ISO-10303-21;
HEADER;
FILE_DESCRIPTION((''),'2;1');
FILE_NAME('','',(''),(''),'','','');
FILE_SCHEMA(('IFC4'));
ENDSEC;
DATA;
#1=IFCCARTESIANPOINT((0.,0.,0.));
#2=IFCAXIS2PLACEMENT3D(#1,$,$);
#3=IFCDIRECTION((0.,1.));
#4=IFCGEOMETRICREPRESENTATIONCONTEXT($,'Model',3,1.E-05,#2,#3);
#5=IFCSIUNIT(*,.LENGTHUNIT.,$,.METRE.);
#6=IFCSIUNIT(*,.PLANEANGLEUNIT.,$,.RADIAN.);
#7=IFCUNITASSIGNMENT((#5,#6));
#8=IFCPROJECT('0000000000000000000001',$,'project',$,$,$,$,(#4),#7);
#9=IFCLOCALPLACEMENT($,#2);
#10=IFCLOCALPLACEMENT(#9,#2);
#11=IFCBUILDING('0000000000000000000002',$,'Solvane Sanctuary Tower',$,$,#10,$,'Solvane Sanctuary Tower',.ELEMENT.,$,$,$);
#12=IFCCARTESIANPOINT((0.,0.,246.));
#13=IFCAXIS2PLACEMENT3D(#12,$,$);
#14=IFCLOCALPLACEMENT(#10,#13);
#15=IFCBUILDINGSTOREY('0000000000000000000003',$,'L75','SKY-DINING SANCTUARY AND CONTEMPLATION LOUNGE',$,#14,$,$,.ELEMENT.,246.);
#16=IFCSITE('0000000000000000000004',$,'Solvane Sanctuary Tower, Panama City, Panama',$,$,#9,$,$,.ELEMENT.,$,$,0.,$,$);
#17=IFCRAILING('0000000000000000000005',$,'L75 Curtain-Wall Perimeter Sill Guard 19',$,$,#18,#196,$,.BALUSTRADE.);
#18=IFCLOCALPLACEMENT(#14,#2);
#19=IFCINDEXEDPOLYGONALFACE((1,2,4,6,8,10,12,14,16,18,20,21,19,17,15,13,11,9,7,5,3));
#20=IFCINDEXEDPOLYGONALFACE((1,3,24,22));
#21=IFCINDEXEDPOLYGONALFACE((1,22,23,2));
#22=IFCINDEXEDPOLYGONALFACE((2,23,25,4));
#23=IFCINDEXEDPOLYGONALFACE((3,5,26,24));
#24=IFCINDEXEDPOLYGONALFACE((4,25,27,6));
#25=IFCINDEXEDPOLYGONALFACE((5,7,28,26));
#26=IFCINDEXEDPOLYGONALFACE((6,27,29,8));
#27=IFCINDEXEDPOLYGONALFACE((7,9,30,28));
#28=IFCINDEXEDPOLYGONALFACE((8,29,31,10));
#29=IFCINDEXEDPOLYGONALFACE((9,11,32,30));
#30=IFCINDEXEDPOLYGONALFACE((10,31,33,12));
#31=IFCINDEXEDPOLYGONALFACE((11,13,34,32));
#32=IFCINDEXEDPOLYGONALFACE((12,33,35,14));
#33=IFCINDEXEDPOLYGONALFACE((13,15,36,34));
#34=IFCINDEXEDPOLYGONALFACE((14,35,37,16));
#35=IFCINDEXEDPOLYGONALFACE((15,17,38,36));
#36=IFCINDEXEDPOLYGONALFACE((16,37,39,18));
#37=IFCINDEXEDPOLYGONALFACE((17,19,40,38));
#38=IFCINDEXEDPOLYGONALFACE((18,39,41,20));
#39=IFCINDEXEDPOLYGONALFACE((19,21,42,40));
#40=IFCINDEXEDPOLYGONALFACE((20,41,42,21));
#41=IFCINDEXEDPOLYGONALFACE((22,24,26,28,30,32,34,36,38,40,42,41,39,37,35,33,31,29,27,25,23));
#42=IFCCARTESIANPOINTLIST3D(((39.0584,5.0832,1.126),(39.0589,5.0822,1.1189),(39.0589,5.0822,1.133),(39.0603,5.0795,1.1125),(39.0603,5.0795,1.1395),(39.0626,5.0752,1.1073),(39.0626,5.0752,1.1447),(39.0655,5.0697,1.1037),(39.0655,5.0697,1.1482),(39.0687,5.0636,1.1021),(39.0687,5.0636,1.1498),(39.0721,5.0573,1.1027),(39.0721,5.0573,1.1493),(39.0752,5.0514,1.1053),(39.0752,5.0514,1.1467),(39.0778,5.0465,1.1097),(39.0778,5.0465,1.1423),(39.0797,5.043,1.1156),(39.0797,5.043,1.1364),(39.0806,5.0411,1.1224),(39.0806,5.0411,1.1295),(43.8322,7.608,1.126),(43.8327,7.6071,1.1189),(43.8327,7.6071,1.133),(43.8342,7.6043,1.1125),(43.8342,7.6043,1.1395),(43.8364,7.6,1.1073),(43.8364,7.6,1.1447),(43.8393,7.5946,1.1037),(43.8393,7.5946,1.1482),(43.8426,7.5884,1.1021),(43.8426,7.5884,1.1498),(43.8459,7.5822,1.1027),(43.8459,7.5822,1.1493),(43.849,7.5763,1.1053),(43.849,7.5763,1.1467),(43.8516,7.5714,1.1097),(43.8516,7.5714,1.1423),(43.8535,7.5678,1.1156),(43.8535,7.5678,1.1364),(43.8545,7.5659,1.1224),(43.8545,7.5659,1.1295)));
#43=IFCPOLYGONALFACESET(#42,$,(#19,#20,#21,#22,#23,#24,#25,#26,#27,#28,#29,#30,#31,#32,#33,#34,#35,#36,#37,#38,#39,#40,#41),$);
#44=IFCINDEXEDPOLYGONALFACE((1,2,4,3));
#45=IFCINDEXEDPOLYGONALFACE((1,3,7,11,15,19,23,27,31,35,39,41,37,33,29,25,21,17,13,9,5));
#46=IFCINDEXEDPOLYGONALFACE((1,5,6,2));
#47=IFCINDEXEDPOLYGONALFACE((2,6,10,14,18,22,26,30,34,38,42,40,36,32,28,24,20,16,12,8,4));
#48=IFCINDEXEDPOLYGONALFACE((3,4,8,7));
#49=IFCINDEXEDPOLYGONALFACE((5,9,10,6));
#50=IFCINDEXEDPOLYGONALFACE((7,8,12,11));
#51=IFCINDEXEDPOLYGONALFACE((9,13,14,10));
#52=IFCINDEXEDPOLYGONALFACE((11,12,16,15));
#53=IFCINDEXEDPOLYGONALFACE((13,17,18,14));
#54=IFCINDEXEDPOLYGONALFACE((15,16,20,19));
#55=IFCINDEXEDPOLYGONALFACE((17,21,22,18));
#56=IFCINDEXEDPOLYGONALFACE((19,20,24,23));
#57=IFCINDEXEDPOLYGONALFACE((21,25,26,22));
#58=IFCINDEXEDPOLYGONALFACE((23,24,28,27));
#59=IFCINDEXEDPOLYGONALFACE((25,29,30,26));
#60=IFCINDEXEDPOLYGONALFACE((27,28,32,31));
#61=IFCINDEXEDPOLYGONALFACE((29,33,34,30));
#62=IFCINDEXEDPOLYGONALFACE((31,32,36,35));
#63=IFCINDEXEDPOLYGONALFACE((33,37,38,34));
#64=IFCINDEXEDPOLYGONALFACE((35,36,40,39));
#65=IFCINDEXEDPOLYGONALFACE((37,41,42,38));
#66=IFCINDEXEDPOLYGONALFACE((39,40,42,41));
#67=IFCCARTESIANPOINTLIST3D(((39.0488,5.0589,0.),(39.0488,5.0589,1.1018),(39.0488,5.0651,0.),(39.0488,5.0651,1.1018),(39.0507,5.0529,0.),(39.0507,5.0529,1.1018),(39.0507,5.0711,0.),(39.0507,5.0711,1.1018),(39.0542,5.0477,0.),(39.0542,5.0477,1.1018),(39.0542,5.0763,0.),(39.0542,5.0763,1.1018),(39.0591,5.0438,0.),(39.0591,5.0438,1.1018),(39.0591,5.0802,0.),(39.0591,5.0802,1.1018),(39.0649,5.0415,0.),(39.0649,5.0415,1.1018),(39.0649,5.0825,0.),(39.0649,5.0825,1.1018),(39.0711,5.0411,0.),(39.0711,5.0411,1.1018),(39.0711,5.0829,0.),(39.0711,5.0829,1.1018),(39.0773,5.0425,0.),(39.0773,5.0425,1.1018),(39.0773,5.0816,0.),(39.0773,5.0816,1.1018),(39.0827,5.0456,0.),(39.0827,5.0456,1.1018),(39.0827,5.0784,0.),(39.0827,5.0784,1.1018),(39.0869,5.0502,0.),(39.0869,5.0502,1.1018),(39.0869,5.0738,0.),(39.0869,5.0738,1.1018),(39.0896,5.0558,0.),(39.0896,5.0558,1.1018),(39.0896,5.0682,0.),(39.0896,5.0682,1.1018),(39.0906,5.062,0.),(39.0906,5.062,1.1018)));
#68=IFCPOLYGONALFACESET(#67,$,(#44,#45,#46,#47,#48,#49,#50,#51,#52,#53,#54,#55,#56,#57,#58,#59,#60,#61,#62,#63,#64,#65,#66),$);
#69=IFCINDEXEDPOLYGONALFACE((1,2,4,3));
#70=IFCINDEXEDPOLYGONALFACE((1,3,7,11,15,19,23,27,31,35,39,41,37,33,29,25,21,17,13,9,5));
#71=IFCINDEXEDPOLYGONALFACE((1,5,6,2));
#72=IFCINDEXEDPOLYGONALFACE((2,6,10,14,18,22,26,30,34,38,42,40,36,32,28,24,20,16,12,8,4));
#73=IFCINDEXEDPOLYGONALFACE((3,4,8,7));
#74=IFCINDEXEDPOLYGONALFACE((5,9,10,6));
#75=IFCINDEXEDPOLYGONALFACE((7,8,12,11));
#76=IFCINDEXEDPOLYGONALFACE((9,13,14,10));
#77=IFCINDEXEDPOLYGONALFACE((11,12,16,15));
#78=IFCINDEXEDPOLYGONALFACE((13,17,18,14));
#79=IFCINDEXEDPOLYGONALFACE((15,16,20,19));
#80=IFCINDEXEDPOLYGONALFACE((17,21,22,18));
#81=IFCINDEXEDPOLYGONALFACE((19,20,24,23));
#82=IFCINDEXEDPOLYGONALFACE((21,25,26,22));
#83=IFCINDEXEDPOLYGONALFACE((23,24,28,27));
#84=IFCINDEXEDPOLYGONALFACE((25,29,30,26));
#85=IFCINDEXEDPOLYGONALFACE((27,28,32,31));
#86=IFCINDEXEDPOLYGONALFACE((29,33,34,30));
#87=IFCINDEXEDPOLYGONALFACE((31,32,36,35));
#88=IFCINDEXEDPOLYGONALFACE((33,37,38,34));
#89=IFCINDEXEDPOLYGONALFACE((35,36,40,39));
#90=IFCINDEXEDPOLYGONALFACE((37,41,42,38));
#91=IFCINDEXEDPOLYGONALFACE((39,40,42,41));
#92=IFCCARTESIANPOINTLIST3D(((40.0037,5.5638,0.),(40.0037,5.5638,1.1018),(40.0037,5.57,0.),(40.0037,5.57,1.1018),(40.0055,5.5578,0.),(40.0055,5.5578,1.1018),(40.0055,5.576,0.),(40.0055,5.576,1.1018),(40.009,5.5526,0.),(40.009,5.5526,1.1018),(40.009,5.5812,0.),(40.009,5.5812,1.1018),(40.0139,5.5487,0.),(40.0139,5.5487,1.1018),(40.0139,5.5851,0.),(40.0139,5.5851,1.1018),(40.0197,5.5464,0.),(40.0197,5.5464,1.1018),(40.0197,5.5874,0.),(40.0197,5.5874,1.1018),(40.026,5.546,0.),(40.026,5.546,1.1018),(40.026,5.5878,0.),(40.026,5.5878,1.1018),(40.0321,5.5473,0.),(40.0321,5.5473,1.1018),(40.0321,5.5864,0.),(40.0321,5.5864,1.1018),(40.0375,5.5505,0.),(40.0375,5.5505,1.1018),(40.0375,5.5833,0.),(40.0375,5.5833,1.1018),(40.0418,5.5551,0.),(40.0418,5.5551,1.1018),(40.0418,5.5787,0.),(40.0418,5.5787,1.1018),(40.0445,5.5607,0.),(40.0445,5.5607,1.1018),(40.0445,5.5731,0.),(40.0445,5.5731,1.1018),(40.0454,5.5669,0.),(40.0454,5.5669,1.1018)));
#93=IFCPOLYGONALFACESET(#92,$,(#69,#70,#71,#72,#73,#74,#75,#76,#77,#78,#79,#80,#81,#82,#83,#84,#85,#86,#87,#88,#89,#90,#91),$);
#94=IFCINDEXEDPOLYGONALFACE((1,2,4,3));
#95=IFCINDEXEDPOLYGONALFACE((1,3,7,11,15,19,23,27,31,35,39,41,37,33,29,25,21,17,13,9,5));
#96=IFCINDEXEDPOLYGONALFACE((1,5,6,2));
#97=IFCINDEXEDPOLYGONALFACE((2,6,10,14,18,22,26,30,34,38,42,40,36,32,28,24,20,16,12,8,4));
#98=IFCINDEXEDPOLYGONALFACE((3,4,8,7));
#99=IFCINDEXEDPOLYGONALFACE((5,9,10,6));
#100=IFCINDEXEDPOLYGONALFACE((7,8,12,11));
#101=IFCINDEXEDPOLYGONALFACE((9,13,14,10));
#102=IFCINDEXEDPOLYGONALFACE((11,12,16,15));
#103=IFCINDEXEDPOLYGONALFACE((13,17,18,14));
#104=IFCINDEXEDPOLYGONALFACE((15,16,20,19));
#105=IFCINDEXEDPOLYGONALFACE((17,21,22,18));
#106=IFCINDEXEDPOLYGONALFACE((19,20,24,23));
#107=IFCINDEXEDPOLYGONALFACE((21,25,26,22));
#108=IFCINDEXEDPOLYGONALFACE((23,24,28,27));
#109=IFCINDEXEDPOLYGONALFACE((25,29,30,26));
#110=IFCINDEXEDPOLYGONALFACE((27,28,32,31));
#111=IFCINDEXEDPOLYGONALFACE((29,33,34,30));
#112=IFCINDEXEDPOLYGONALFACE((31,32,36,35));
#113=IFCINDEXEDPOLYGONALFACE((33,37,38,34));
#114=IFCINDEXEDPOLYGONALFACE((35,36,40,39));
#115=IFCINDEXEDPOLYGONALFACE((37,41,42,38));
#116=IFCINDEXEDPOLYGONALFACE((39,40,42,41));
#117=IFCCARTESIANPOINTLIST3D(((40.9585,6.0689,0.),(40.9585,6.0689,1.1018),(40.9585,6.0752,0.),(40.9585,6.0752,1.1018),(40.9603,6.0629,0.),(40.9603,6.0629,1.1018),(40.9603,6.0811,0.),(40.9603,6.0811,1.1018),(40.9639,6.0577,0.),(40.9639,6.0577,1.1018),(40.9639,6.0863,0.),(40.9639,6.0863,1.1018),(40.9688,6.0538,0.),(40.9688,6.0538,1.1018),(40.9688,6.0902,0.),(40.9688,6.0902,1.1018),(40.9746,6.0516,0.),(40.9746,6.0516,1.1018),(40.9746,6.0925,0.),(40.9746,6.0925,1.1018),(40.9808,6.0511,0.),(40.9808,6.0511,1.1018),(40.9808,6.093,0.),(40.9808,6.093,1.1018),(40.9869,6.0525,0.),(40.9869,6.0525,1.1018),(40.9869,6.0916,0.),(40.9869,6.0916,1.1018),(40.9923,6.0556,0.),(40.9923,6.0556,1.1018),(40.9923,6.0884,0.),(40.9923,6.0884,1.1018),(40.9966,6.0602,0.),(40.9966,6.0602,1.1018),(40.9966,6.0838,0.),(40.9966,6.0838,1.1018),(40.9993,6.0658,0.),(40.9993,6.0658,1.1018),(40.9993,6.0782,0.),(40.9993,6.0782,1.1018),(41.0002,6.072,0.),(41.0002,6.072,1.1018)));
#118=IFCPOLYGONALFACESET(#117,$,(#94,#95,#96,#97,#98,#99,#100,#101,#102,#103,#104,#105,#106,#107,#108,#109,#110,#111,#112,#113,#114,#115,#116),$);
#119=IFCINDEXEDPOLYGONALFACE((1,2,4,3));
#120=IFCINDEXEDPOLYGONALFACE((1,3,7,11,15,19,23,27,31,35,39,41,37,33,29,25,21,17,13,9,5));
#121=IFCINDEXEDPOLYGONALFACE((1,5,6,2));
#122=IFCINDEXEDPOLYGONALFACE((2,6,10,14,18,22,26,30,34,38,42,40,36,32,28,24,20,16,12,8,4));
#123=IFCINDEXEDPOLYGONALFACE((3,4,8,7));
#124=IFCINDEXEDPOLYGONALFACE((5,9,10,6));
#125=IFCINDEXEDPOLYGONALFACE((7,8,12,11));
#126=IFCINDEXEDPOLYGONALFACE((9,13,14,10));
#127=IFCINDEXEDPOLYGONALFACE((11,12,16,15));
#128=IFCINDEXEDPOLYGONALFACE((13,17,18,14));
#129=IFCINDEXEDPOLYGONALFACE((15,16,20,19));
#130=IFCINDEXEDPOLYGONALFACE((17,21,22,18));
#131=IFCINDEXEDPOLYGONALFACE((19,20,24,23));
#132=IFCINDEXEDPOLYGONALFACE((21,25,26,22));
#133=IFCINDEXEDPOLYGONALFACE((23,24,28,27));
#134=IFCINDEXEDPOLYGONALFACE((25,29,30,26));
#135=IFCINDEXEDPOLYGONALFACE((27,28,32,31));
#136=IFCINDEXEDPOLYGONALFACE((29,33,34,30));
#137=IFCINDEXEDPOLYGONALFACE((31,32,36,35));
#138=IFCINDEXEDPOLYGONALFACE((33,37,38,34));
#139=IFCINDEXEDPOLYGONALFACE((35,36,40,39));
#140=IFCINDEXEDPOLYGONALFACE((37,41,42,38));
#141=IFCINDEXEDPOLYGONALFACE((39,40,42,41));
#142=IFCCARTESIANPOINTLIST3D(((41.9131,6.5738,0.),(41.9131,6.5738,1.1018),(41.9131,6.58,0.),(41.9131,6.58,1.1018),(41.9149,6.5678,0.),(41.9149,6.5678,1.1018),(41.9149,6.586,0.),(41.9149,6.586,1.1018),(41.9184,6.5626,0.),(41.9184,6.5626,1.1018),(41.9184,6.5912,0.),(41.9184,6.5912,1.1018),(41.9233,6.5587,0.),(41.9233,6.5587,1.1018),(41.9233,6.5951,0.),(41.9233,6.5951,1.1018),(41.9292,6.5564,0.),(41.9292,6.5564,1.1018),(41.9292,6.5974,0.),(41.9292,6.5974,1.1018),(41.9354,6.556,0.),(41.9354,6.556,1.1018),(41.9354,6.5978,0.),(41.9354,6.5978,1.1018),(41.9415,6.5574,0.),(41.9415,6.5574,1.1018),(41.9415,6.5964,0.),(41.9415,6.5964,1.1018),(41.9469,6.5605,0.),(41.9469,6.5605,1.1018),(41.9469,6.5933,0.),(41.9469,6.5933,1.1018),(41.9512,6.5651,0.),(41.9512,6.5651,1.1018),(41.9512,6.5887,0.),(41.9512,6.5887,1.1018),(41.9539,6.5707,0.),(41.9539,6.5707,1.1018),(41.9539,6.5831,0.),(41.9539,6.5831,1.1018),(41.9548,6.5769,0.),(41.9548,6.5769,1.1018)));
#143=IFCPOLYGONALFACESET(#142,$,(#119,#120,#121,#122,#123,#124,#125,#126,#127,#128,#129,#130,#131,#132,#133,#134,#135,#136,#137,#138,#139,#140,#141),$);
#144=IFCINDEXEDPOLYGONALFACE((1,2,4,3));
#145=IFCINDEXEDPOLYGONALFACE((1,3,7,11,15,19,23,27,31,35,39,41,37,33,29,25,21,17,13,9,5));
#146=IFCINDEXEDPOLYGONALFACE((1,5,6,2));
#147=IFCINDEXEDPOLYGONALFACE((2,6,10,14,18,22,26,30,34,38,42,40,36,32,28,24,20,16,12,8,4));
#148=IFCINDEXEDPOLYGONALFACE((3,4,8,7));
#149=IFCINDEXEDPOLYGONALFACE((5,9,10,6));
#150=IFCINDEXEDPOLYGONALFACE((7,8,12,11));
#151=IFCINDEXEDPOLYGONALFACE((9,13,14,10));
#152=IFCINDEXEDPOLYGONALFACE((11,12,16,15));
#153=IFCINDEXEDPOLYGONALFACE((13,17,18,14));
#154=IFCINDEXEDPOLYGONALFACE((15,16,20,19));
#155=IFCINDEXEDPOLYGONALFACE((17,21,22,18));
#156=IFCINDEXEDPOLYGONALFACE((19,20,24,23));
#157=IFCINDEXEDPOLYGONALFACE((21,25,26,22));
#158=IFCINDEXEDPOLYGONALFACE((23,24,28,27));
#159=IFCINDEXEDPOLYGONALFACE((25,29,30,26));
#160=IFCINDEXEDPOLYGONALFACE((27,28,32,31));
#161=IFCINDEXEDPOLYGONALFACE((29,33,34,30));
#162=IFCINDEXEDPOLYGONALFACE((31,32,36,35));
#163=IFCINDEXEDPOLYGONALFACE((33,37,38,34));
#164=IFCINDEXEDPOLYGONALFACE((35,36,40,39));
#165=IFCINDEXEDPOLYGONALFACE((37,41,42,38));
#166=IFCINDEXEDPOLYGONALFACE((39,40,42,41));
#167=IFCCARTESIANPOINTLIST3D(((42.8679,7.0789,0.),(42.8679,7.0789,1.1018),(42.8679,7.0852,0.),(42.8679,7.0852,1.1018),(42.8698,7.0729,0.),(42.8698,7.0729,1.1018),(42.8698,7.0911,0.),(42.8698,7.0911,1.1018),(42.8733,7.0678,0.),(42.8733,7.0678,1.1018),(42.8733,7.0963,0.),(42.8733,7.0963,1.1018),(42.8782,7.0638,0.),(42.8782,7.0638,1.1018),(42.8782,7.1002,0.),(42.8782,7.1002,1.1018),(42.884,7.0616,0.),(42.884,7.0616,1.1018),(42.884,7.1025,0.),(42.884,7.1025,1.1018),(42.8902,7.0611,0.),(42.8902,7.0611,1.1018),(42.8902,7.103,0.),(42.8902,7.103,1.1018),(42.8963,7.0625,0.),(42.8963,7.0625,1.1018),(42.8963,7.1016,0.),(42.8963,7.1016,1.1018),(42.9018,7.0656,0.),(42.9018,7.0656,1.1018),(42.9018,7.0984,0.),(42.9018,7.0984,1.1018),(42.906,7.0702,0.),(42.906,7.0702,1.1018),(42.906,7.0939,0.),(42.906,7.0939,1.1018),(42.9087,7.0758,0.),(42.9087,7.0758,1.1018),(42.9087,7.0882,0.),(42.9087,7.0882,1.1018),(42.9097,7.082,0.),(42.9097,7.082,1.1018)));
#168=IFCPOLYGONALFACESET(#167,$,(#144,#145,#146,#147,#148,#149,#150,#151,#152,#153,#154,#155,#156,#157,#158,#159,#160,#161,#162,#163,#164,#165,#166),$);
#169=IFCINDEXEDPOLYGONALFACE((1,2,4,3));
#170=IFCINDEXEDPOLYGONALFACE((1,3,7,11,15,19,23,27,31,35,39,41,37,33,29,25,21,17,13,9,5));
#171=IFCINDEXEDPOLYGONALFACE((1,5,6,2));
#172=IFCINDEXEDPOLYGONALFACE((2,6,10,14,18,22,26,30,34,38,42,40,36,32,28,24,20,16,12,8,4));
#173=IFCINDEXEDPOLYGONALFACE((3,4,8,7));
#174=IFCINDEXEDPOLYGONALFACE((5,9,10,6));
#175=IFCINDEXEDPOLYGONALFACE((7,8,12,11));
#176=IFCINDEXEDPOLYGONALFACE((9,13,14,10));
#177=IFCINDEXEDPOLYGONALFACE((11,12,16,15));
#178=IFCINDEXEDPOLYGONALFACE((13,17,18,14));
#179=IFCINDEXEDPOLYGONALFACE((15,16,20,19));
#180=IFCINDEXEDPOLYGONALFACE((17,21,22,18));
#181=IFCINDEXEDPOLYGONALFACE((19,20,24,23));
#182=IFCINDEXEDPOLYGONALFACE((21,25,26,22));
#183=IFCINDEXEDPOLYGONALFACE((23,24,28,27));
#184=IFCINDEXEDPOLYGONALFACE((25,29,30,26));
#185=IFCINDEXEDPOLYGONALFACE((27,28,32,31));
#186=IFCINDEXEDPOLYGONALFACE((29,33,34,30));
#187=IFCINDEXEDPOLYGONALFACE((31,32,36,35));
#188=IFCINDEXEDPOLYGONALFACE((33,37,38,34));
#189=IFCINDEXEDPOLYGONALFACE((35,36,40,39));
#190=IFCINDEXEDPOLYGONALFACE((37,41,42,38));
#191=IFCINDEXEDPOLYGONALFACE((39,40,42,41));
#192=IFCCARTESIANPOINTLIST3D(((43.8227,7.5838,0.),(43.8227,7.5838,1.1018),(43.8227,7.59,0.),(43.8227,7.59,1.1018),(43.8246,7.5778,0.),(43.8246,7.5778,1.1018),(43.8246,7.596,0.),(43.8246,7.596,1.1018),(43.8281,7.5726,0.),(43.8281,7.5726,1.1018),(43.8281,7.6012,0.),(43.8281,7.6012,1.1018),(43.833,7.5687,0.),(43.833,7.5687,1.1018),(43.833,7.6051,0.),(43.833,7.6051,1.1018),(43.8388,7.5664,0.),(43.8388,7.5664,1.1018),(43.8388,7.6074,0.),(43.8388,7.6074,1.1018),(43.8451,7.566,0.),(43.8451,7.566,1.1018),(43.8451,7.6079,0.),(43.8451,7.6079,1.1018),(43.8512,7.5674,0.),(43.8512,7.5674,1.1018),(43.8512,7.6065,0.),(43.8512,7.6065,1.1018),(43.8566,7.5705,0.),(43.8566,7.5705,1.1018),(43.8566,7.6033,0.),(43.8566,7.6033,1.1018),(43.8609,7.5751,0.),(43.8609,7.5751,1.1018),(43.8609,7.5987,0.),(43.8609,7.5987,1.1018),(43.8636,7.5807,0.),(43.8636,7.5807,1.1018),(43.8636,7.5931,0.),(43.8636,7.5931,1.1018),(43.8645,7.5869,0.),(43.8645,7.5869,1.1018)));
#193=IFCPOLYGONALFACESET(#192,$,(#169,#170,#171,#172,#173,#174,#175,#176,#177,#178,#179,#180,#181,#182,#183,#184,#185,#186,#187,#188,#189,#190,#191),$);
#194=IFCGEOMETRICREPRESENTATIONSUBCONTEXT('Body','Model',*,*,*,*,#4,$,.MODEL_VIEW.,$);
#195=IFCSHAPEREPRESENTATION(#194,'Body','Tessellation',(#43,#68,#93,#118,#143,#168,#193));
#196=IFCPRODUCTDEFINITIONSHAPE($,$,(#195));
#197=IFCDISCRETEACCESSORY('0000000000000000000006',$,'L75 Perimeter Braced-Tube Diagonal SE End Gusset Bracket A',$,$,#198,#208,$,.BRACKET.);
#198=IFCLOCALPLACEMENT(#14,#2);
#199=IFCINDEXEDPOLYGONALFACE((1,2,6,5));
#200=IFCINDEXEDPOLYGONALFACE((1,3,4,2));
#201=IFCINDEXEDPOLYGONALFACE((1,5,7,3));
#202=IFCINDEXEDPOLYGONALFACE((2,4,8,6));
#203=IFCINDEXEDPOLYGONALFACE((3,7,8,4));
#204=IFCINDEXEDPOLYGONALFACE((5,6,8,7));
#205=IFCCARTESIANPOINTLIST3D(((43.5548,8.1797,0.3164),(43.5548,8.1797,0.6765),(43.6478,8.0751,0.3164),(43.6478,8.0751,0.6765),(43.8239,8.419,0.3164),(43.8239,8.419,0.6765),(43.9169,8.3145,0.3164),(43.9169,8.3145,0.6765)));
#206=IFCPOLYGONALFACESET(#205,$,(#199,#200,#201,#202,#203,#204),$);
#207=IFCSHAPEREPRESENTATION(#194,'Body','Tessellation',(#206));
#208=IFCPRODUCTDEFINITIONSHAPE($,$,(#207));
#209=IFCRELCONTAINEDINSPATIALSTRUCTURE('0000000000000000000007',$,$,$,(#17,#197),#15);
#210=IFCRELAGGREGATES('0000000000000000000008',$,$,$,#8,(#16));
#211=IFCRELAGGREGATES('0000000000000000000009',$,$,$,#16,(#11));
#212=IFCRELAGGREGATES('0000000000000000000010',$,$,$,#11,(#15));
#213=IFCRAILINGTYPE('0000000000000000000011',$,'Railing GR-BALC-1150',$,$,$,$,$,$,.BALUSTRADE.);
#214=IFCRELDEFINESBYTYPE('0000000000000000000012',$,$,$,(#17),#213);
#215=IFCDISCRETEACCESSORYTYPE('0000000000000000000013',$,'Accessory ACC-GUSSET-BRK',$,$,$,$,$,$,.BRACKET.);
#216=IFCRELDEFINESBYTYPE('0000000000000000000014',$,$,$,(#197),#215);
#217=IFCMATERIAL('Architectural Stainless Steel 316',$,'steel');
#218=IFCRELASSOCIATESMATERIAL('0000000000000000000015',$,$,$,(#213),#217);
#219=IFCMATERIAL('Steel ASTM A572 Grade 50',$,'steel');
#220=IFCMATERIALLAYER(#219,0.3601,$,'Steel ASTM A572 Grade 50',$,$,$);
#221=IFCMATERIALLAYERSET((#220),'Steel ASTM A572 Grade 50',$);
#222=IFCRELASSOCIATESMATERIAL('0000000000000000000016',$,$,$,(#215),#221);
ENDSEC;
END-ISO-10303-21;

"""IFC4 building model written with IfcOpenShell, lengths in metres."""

from ifc_helpers import new_model, si_unit, direction, frame, origin, origin_2d, place, context, subcontext, project, spatial, rectangle, circle, extrude, material, layer, layer_set, type_object, element, save


model = new_model("IFC4")

# Units and contexts
model_context = context("Model", 3, precision=1e-05, world=origin(), true_north=direction((0.0, 1.0)))
body_context = subcontext(model_context, "Body", "Model", "MODEL_VIEW")
ifc_project = project(units=[si_unit("LENGTHUNIT", "METRE"), si_unit("PLANEANGLEUNIT", "RADIAN")], contexts=[model_context])

# Site, building, storey
site_placement = place(None, origin())
site = spatial("IfcSite", under=ifc_project, at=site_placement, Name="Solvane Sanctuary Tower, Panama City, Panama", CompositionType="ELEMENT", RefElevation=0.0)
building_placement = place(site_placement, origin())
building = spatial("IfcBuilding", under=site, at=building_placement, Name="Solvane Sanctuary Tower", LongName="Solvane Sanctuary Tower", CompositionType="ELEMENT")
storey_placement = place(building_placement, frame((0.0, 0.0, 246.0)))
storey = spatial("IfcBuildingStorey", under=building, at=storey_placement, Name="L75", Description="SKY-DINING SANCTUARY AND CONTEMPLATION LOUNGE", CompositionType="ELEMENT", Elevation=246.0)

# Railing
ifc_material_1 = material(Name="Architectural Stainless Steel 316", Category="steel")
railing_type = type_object("IfcRailingType", Name="Railing GR-BALC-1150", PredefinedType="BALUSTRADE", material=ifc_material_1)
railing_placement = place(storey_placement, frame((39.0696, 5.062, 0.0)))
element("IfcRailing", 1, at=railing_placement, inside=storey, type_object=railing_type, Name="L75 Curtain-Wall Perimeter Sill Guard 19", PredefinedType="BALUSTRADE", context=body_context, shape_type="SweptSolid", body=[
    extrude(circle(Radius=0.0239, at=origin_2d()), frame((0.0, 0.0, 1.126), z_axis=(0.883977, 0.46753, 0.0), x_axis=(-0.46753, 0.883977, 0.0)), (0.0, 0.0, 1.0), 5.4004),
    extrude(circle(Radius=0.021, at=origin_2d()), origin(), (0.0, 0.0, 1.0), 1.1018),
    extrude(circle(Radius=0.021, at=origin_2d()), frame((0.9548, 0.5049, 0.0)), (0.0, 0.0, 1.0), 1.1018),
    extrude(circle(Radius=0.021, at=origin_2d()), frame((1.9097, 1.01, 0.0)), (0.0, 0.0, 1.0), 1.1018),
    extrude(circle(Radius=0.021, at=origin_2d()), frame((2.8643, 1.5149, 0.0)), (0.0, 0.0, 1.0), 1.1018),
    extrude(circle(Radius=0.021, at=origin_2d()), frame((3.8191, 2.02, 0.0)), (0.0, 0.0, 1.0), 1.1018),
    extrude(circle(Radius=0.021, at=origin_2d()), frame((4.7739, 2.5249, 0.0)), (0.0, 0.0, 1.0), 1.1018),
])

# Discrete accessory
ifc_material_2 = material(Name="Steel ASTM A572 Grade 50", Category="steel")
ifc_layer_1 = layer(ifc_material_2, 0.3601, Name="Steel ASTM A572 Grade 50")
ifc_layer_set_1 = layer_set([ifc_layer_1], Name="Steel ASTM A572 Grade 50")
discrete_accessory_type = type_object("IfcDiscreteAccessoryType", Name="Accessory ACC-GUSSET-BRK", PredefinedType="BRACKET", material=ifc_layer_set_1)
for number, where, z_axis, x_axis, name in (
    (2, (43.7358, 8.2471, 0.3164), (0.0, 0.0, 1.0), (0.747218, 0.664579, 0.0), "L75 Perimeter Braced-Tube Diagonal SE End Gusset Bracket A"),
):
    element("IfcDiscreteAccessory", number, at=place(storey_placement, frame(where, z_axis=z_axis, x_axis=x_axis)), inside=storey, type_object=discrete_accessory_type, Name=name, PredefinedType="BRACKET", context=body_context, shape_type="SweptSolid", body=[
        extrude(rectangle(XDim=0.3601, YDim=0.1399, at=origin_2d()), origin(), (0.0, 0.0, 1.0), 0.3601),
    ])

save(model, "model.ifc")
